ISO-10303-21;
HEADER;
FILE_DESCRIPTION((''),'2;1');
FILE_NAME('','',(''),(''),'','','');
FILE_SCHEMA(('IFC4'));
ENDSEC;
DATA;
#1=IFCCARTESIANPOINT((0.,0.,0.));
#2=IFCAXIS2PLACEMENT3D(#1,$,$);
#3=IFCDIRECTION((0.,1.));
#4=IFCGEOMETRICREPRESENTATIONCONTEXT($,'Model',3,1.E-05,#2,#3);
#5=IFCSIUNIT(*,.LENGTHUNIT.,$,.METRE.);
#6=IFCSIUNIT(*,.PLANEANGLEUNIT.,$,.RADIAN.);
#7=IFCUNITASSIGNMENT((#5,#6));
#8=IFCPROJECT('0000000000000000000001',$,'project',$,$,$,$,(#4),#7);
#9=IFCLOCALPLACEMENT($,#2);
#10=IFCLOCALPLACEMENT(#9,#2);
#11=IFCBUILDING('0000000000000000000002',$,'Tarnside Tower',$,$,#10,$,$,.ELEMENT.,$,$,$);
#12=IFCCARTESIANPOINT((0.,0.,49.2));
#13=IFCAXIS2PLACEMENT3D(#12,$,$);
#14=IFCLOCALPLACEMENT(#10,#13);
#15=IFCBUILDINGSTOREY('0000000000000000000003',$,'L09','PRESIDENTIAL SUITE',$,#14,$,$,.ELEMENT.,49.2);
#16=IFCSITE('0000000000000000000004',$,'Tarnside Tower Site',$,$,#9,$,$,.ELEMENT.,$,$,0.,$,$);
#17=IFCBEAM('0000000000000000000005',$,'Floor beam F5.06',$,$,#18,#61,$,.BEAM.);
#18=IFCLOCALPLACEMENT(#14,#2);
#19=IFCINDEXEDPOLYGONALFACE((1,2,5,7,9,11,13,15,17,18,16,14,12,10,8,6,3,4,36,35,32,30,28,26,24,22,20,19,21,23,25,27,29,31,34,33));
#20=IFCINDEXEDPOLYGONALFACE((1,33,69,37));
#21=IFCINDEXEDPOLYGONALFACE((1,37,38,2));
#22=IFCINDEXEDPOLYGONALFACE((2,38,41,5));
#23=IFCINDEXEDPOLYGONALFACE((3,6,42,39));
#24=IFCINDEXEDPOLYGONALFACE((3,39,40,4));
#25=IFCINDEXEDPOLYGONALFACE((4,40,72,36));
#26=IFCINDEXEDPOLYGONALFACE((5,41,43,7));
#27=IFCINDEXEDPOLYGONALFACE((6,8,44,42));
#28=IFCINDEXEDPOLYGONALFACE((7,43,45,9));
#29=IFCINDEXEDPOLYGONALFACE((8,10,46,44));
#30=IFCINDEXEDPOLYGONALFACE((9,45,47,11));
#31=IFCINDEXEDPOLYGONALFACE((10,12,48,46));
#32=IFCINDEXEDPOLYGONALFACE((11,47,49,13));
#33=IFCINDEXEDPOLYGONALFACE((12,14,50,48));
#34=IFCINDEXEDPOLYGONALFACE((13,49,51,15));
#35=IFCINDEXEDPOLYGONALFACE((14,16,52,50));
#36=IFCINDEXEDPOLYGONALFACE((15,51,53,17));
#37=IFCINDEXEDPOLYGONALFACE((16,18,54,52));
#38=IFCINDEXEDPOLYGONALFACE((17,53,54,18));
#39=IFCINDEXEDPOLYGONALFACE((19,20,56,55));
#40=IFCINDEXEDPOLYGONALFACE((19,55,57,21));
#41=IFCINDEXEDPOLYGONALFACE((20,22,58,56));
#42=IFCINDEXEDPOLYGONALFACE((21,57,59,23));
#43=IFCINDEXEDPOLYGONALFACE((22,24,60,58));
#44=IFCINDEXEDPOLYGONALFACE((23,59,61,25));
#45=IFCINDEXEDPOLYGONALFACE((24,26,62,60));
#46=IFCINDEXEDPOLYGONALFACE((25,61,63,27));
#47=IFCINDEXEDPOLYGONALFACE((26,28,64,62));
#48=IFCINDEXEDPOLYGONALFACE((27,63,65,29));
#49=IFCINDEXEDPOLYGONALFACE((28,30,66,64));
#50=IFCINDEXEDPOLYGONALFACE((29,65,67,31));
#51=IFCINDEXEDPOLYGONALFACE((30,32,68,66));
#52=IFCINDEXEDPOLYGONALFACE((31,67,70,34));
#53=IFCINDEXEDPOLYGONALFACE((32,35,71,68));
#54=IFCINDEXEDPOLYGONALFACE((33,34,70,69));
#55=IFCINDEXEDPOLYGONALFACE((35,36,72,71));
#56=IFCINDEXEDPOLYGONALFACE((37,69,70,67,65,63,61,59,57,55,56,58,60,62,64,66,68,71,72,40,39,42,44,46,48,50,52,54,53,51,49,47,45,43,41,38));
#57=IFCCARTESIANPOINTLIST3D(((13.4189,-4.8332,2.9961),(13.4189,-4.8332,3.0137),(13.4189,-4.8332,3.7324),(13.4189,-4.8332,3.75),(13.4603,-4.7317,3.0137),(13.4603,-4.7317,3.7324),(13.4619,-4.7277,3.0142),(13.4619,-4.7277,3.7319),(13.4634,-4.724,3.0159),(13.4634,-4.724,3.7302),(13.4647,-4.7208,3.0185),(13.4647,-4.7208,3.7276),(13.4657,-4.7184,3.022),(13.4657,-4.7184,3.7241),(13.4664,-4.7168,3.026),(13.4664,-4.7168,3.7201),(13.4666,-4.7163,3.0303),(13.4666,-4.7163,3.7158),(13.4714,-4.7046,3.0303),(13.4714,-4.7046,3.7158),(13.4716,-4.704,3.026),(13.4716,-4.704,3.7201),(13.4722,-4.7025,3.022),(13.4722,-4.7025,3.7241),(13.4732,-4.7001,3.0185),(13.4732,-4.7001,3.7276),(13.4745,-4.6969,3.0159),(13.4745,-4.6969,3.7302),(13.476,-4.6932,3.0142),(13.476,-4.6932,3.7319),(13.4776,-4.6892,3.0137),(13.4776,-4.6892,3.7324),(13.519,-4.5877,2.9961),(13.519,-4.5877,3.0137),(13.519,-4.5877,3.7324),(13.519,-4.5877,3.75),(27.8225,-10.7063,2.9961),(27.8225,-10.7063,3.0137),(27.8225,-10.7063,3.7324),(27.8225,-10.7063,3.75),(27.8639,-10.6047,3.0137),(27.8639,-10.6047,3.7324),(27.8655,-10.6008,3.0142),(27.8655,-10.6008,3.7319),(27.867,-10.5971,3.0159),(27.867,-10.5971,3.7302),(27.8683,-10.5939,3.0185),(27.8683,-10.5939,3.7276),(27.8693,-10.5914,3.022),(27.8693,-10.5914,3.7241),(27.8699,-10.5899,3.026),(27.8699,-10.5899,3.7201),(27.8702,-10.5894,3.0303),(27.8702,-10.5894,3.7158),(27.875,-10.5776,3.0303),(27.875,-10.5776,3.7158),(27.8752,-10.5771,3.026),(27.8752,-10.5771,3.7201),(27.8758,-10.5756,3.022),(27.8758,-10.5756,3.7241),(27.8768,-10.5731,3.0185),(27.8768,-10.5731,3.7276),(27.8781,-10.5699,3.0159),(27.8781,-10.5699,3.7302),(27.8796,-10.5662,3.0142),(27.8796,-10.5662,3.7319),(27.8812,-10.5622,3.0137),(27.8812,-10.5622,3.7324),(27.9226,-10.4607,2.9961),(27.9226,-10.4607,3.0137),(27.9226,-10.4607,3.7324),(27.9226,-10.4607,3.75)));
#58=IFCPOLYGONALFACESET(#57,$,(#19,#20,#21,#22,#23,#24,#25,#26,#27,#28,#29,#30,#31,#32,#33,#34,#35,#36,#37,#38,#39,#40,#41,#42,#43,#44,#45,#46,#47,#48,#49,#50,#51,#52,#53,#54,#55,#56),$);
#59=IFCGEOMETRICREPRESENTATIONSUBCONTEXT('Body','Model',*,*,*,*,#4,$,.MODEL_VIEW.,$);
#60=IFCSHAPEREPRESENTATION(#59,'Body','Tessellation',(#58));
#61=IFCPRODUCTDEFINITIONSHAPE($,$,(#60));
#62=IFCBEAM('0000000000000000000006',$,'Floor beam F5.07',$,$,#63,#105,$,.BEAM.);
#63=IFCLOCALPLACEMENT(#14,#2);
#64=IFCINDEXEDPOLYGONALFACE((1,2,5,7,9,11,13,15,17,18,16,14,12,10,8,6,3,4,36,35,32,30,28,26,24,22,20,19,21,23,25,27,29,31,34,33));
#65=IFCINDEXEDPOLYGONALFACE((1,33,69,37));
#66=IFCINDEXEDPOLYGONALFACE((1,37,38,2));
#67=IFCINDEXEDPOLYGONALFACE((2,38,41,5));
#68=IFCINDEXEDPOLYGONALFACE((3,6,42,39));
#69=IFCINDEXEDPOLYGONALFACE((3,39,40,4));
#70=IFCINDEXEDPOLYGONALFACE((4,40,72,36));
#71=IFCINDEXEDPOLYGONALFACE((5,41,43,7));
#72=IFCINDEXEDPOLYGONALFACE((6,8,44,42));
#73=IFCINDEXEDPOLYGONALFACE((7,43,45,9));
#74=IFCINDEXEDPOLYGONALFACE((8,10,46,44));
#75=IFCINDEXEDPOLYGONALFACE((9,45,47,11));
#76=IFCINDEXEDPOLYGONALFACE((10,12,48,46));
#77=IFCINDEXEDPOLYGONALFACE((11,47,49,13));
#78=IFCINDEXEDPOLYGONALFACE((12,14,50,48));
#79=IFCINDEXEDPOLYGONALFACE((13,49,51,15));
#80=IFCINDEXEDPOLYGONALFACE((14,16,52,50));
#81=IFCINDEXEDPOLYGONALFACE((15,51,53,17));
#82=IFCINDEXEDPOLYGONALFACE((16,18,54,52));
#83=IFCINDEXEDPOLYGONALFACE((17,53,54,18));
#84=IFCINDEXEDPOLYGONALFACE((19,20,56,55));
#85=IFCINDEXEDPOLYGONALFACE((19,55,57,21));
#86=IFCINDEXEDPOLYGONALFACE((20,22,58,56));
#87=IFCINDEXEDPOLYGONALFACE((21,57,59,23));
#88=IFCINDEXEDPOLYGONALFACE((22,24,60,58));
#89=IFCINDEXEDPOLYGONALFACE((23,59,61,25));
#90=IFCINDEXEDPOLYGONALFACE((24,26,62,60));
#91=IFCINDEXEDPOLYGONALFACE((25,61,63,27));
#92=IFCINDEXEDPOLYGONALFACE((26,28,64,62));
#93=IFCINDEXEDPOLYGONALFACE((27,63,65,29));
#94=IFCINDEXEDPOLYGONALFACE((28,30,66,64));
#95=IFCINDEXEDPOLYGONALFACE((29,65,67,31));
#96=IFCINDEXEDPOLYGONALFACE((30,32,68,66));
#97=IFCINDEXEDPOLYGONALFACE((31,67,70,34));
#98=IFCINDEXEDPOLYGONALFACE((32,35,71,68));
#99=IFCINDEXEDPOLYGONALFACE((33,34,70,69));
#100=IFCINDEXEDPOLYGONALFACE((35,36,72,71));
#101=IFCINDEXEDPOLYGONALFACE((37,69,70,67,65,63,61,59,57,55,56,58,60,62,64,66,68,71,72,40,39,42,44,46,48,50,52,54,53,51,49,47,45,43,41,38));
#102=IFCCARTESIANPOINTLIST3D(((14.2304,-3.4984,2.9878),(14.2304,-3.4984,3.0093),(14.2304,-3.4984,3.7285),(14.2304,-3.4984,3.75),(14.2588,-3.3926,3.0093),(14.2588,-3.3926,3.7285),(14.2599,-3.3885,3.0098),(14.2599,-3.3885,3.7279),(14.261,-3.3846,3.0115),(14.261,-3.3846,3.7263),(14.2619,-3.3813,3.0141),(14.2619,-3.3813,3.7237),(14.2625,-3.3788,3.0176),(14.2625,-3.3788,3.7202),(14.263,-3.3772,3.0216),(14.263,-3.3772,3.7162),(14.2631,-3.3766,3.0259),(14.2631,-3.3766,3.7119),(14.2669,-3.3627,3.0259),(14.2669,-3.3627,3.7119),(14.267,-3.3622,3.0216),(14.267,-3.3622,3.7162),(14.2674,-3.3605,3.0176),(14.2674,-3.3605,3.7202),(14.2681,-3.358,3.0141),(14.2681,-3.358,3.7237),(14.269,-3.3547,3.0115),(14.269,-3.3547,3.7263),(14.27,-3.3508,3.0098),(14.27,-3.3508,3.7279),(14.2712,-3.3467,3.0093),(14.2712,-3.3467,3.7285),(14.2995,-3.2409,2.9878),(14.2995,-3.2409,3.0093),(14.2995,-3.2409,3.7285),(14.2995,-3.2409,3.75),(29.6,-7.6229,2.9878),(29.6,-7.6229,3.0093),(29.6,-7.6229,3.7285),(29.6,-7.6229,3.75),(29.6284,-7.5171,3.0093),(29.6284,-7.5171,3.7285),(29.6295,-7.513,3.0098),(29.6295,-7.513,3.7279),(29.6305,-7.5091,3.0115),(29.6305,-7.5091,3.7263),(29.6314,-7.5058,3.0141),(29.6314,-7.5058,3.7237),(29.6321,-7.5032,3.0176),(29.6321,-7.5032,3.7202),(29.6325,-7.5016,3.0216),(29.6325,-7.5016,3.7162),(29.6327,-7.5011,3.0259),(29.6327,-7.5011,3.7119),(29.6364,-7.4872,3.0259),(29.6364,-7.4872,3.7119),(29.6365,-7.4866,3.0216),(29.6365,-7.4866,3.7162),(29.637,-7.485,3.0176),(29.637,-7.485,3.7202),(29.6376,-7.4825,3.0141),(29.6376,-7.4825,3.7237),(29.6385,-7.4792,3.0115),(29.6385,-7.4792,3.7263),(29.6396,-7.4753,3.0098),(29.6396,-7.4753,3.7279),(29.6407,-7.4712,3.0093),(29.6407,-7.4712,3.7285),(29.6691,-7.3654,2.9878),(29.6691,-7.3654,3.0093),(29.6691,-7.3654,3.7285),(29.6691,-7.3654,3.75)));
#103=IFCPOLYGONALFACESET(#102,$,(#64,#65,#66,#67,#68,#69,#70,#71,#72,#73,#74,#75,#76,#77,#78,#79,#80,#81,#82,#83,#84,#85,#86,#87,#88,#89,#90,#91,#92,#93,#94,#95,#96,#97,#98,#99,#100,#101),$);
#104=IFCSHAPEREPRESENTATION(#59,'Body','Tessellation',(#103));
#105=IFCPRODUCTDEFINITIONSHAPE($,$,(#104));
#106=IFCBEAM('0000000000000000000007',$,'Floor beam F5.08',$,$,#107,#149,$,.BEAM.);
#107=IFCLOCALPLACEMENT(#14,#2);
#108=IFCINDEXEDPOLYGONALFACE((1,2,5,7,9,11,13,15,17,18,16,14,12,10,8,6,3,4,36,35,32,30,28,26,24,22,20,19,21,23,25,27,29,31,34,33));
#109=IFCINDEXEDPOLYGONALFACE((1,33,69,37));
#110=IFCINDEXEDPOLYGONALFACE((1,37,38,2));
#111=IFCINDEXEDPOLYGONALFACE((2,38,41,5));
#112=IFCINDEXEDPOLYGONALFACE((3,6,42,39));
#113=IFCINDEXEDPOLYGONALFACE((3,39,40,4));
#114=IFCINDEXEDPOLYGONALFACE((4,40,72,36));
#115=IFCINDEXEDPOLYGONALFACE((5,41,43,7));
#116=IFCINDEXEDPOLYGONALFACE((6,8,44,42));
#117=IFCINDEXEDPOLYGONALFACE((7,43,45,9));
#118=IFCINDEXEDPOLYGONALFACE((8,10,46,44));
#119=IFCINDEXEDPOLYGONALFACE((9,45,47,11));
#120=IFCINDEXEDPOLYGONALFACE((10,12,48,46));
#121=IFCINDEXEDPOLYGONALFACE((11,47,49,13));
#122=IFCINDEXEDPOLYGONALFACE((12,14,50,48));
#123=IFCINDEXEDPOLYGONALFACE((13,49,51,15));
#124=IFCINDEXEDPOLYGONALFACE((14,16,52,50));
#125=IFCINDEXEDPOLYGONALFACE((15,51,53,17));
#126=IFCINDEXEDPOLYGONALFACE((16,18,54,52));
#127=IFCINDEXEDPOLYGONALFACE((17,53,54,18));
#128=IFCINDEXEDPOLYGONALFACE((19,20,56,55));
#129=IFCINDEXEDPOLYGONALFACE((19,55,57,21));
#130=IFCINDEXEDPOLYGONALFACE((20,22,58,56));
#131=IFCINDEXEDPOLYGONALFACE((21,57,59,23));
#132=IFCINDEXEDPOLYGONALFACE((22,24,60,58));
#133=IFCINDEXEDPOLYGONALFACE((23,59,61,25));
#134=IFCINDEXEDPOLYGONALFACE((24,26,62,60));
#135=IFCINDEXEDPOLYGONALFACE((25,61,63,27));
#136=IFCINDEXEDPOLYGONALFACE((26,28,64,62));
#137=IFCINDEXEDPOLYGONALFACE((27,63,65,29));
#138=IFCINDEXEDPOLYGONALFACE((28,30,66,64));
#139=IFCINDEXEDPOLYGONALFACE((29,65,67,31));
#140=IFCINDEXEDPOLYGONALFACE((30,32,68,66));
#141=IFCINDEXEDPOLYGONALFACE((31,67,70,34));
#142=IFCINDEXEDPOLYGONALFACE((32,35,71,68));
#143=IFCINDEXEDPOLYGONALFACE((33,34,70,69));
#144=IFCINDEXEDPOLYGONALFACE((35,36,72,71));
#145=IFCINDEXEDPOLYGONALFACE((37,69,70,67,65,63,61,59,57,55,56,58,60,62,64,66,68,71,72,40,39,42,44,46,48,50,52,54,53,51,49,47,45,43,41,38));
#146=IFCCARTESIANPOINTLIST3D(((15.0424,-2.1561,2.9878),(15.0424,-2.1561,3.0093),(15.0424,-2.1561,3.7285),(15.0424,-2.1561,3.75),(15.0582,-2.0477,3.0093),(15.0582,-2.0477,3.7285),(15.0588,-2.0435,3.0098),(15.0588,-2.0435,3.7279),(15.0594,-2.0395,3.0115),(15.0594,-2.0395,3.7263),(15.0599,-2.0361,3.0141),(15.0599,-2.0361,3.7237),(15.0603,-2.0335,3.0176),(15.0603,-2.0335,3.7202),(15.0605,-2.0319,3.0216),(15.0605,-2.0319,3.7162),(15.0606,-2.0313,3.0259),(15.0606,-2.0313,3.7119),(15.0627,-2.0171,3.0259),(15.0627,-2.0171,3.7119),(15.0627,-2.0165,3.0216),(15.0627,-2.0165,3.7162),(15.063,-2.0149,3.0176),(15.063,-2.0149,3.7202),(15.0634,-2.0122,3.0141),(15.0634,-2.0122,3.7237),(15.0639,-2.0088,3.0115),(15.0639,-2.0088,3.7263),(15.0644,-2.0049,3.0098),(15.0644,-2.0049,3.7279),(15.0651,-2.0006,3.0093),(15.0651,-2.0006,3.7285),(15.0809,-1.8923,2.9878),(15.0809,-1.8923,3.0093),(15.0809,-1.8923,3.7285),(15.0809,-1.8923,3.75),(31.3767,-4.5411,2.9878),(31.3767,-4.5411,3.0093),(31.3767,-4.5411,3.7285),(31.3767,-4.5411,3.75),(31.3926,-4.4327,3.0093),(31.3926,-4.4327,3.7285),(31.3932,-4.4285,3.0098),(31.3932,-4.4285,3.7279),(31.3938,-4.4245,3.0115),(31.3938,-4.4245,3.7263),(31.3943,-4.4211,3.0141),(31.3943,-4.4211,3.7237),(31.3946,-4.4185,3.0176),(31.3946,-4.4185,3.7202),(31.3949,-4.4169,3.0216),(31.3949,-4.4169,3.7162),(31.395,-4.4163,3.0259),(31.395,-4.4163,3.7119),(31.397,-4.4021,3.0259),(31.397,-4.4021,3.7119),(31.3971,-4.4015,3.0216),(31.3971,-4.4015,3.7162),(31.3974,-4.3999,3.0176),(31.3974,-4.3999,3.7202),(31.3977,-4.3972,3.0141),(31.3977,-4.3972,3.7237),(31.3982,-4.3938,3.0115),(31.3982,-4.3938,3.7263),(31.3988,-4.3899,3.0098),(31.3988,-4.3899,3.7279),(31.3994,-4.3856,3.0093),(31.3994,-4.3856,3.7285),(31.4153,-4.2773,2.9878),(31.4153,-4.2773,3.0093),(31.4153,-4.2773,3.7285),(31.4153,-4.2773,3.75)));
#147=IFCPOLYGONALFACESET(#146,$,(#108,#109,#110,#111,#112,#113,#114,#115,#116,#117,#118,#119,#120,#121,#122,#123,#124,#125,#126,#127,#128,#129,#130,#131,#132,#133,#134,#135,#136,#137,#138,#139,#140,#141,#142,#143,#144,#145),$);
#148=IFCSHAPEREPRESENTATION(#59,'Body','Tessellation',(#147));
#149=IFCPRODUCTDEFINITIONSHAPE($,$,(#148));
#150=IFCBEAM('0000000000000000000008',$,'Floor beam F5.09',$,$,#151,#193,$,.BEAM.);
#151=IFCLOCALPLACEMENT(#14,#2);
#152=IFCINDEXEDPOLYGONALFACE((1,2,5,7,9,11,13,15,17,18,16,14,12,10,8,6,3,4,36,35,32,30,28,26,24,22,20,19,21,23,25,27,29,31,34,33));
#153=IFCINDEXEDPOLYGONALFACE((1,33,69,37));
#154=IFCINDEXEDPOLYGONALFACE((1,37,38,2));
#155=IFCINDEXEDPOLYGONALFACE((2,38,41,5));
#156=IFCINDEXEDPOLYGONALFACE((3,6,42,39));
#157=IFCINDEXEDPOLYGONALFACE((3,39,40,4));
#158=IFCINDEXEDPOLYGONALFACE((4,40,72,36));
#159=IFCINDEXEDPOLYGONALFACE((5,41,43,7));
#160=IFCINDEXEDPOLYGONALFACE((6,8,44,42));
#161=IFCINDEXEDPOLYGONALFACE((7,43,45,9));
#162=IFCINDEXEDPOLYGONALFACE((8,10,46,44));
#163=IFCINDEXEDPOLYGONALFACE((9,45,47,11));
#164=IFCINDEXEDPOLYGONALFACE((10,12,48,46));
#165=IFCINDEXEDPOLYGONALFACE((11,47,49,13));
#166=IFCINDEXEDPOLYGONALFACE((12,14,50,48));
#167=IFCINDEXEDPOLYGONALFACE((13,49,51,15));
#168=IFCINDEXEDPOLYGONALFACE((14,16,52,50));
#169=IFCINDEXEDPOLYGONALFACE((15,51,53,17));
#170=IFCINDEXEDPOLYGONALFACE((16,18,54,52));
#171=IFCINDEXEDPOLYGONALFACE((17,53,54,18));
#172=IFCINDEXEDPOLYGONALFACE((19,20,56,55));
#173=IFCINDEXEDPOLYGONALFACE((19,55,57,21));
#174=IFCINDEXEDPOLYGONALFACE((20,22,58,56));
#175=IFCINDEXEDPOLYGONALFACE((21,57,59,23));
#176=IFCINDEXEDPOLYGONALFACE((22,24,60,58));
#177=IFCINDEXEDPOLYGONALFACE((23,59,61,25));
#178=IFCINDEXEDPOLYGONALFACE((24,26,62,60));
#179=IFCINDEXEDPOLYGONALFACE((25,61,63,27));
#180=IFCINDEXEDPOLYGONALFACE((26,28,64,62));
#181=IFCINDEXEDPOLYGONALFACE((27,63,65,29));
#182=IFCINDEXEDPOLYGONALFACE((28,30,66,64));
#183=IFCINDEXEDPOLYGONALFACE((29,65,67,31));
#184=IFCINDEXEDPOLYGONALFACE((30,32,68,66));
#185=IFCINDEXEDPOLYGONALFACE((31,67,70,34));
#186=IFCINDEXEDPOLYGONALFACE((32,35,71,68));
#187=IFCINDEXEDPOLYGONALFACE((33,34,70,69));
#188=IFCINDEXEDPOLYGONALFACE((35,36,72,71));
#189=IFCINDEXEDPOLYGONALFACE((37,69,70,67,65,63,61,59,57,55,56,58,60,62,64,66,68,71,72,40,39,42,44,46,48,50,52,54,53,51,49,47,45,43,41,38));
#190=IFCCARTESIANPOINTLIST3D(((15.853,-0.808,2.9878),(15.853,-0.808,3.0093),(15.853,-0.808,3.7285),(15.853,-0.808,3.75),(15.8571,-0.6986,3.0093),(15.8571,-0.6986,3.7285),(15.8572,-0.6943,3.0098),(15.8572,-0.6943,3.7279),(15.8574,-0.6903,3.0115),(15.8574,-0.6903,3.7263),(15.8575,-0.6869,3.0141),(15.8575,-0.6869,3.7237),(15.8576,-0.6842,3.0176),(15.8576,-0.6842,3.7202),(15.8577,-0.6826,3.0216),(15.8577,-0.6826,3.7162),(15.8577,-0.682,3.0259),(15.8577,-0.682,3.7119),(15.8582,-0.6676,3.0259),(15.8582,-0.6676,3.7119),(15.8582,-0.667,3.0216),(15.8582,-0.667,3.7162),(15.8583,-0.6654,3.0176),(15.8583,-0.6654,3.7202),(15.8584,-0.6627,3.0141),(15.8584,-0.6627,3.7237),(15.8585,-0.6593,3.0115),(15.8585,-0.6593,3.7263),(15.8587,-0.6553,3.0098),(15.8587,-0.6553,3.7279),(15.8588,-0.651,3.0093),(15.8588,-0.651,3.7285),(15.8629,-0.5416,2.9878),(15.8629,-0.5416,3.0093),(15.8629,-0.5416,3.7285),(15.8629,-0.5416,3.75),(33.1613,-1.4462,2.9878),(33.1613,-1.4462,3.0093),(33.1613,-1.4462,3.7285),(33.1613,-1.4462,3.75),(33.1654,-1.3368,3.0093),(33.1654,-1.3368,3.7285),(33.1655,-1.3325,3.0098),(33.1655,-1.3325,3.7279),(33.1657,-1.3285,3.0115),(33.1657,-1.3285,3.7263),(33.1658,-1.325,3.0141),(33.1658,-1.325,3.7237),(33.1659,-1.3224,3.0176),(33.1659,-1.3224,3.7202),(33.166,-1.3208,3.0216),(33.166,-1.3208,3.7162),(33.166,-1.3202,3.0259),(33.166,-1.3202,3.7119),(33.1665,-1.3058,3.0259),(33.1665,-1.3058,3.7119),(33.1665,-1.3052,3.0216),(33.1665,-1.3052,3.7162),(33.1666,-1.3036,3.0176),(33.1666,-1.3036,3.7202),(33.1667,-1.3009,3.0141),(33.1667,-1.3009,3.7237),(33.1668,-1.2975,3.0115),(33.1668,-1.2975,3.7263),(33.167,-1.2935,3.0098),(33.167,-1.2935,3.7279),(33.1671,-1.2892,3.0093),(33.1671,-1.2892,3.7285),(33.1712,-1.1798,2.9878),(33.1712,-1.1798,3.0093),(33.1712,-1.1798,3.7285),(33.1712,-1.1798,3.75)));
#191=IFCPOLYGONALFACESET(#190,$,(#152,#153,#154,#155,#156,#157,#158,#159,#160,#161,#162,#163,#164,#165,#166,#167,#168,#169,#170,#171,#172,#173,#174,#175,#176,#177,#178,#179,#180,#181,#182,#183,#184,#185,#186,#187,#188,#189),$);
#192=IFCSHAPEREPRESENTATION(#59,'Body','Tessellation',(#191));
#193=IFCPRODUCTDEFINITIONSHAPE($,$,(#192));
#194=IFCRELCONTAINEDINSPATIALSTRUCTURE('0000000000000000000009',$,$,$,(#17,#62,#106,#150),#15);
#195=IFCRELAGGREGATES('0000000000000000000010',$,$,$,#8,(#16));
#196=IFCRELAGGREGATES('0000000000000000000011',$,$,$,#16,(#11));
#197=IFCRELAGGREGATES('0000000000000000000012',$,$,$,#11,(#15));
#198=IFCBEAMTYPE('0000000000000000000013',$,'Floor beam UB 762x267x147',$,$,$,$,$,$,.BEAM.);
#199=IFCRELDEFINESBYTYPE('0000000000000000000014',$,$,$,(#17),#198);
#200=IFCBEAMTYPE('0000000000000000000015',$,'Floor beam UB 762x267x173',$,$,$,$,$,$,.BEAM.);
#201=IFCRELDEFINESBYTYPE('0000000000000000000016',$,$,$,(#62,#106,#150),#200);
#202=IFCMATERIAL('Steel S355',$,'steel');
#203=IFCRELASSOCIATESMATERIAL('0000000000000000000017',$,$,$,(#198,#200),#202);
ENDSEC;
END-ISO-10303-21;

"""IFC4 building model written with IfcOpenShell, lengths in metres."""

from ifc_helpers import new_model, si_unit, direction, frame, origin, origin_2d, place, context, subcontext, project, spatial, i_section, extrude, material, material_profile, profile_set, type_object, element, save


model = new_model("IFC4")

# Units and contexts
model_context = context("Model", 3, precision=1e-05, world=origin(), true_north=direction((0.0, 1.0)))
body_context = subcontext(model_context, "Body", "Model", "MODEL_VIEW")
ifc_project = project(units=[si_unit("LENGTHUNIT", "METRE"), si_unit("PLANEANGLEUNIT", "RADIAN")], contexts=[model_context])

# Site, building, storey
site_placement = place(None, origin())
site = spatial("IfcSite", under=ifc_project, at=site_placement, Name="Tarnside Tower Site", CompositionType="ELEMENT", RefElevation=0.0)
building_placement = place(site_placement, origin())
building = spatial("IfcBuilding", under=site, at=building_placement, Name="Tarnside Tower", CompositionType="ELEMENT")
storey_placement = place(building_placement, frame((0.0, 0.0, 49.2)))
storey = spatial("IfcBuildingStorey", under=building, at=storey_placement, Name="L09", Description="PRESIDENTIAL SUITE", CompositionType="ELEMENT", Elevation=49.2)

# Beams
ifc_material_1 = material(Name="Steel S355", Category="steel")
ifc_material_profile_1 = material_profile(ifc_material_1, i_section(OverallWidth=0.2651, OverallDepth=0.7539, WebThickness=0.0127, FlangeThickness=0.0176, FilletRadius=0.0166, at=origin_2d()), Name="UB 762x267x147")
ifc_profile_set_1 = profile_set([ifc_material_profile_1], Name="Steel S355")
beam_type_1 = type_object("IfcBeamType", Name="Floor beam UB 762x267x147", PredefinedType="BEAM", material=ifc_profile_set_1)
beam_1_placement = place(storey_placement, frame((27.8726, -10.5835, 3.373), z_axis=(-0.925982, 0.377569, 0.0), x_axis=(-0.377569, -0.925982, 0.0)))
element("IfcBeam", 1, at=beam_1_placement, inside=storey, type_object=beam_type_1, Name="Floor beam F5.06", PredefinedType="BEAM", context=body_context, shape_type="SweptSolid", body=[
    extrude(i_section(OverallWidth=0.2651, OverallDepth=0.7539, WebThickness=0.0127, FlangeThickness=0.0176, FilletRadius=0.0166, at=origin_2d()), origin(), (0.0, 0.0, 1.0), 15.5549),
])
ifc_material_profile_2 = material_profile(ifc_material_1, i_section(OverallWidth=0.2666, OverallDepth=0.7622, WebThickness=0.0144, FlangeThickness=0.0215, FilletRadius=0.0166, at=origin_2d()), Name="UB 762x267x173")
ifc_profile_set_2 = profile_set([ifc_material_profile_2], Name="Steel S355")
beam_type_2 = type_object("IfcBeamType", Name="Floor beam UB 762x267x173", PredefinedType="BEAM", material=ifc_profile_set_2)
beam_2_placement = place(storey_placement, frame((29.6345, -7.4941, 3.3689), z_axis=(-0.965828, 0.259184, 0.0), x_axis=(-0.259184, -0.965828, 0.0)))
element("IfcBeam", 2, at=beam_2_placement, inside=storey, type_object=beam_type_2, Name="Floor beam F5.07", PredefinedType="BEAM", context=body_context, shape_type="SweptSolid", body=[
    extrude(i_section(OverallWidth=0.2666, OverallDepth=0.7622, WebThickness=0.0144, FlangeThickness=0.0215, FilletRadius=0.0166, at=origin_2d()), origin(), (0.0, 0.0, 1.0), 15.9133),
])
beam_3_placement = place(storey_placement, frame((31.396, -4.4092, 3.3689), z_axis=(-0.989508, 0.144479, 0.0), x_axis=(-0.144479, -0.989508, 0.0)))
element("IfcBeam", 3, at=beam_3_placement, inside=storey, type_object=beam_type_2, Name="Floor beam F5.08", PredefinedType="BEAM", context=body_context, shape_type="SweptSolid", body=[
    extrude(i_section(OverallWidth=0.2666, OverallDepth=0.7622, WebThickness=0.0144, FlangeThickness=0.0215, FilletRadius=0.0166, at=origin_2d()), origin(), (0.0, 0.0, 1.0), 16.5076),
])
beam_4_placement = place(storey_placement, frame((33.1663, -1.313, 3.3689), z_axis=(-0.999321, 0.036846, 0.0), x_axis=(-0.036846, -0.999321, 0.0)))
element("IfcBeam", 4, at=beam_4_placement, inside=storey, type_object=beam_type_2, Name="Floor beam F5.09", PredefinedType="BEAM", context=body_context, shape_type="SweptSolid", body=[
    extrude(i_section(OverallWidth=0.2666, OverallDepth=0.7622, WebThickness=0.0144, FlangeThickness=0.0215, FilletRadius=0.0166, at=origin_2d()), origin(), (0.0, 0.0, 1.0), 17.3201),
])

save(model, "model.ifc")
